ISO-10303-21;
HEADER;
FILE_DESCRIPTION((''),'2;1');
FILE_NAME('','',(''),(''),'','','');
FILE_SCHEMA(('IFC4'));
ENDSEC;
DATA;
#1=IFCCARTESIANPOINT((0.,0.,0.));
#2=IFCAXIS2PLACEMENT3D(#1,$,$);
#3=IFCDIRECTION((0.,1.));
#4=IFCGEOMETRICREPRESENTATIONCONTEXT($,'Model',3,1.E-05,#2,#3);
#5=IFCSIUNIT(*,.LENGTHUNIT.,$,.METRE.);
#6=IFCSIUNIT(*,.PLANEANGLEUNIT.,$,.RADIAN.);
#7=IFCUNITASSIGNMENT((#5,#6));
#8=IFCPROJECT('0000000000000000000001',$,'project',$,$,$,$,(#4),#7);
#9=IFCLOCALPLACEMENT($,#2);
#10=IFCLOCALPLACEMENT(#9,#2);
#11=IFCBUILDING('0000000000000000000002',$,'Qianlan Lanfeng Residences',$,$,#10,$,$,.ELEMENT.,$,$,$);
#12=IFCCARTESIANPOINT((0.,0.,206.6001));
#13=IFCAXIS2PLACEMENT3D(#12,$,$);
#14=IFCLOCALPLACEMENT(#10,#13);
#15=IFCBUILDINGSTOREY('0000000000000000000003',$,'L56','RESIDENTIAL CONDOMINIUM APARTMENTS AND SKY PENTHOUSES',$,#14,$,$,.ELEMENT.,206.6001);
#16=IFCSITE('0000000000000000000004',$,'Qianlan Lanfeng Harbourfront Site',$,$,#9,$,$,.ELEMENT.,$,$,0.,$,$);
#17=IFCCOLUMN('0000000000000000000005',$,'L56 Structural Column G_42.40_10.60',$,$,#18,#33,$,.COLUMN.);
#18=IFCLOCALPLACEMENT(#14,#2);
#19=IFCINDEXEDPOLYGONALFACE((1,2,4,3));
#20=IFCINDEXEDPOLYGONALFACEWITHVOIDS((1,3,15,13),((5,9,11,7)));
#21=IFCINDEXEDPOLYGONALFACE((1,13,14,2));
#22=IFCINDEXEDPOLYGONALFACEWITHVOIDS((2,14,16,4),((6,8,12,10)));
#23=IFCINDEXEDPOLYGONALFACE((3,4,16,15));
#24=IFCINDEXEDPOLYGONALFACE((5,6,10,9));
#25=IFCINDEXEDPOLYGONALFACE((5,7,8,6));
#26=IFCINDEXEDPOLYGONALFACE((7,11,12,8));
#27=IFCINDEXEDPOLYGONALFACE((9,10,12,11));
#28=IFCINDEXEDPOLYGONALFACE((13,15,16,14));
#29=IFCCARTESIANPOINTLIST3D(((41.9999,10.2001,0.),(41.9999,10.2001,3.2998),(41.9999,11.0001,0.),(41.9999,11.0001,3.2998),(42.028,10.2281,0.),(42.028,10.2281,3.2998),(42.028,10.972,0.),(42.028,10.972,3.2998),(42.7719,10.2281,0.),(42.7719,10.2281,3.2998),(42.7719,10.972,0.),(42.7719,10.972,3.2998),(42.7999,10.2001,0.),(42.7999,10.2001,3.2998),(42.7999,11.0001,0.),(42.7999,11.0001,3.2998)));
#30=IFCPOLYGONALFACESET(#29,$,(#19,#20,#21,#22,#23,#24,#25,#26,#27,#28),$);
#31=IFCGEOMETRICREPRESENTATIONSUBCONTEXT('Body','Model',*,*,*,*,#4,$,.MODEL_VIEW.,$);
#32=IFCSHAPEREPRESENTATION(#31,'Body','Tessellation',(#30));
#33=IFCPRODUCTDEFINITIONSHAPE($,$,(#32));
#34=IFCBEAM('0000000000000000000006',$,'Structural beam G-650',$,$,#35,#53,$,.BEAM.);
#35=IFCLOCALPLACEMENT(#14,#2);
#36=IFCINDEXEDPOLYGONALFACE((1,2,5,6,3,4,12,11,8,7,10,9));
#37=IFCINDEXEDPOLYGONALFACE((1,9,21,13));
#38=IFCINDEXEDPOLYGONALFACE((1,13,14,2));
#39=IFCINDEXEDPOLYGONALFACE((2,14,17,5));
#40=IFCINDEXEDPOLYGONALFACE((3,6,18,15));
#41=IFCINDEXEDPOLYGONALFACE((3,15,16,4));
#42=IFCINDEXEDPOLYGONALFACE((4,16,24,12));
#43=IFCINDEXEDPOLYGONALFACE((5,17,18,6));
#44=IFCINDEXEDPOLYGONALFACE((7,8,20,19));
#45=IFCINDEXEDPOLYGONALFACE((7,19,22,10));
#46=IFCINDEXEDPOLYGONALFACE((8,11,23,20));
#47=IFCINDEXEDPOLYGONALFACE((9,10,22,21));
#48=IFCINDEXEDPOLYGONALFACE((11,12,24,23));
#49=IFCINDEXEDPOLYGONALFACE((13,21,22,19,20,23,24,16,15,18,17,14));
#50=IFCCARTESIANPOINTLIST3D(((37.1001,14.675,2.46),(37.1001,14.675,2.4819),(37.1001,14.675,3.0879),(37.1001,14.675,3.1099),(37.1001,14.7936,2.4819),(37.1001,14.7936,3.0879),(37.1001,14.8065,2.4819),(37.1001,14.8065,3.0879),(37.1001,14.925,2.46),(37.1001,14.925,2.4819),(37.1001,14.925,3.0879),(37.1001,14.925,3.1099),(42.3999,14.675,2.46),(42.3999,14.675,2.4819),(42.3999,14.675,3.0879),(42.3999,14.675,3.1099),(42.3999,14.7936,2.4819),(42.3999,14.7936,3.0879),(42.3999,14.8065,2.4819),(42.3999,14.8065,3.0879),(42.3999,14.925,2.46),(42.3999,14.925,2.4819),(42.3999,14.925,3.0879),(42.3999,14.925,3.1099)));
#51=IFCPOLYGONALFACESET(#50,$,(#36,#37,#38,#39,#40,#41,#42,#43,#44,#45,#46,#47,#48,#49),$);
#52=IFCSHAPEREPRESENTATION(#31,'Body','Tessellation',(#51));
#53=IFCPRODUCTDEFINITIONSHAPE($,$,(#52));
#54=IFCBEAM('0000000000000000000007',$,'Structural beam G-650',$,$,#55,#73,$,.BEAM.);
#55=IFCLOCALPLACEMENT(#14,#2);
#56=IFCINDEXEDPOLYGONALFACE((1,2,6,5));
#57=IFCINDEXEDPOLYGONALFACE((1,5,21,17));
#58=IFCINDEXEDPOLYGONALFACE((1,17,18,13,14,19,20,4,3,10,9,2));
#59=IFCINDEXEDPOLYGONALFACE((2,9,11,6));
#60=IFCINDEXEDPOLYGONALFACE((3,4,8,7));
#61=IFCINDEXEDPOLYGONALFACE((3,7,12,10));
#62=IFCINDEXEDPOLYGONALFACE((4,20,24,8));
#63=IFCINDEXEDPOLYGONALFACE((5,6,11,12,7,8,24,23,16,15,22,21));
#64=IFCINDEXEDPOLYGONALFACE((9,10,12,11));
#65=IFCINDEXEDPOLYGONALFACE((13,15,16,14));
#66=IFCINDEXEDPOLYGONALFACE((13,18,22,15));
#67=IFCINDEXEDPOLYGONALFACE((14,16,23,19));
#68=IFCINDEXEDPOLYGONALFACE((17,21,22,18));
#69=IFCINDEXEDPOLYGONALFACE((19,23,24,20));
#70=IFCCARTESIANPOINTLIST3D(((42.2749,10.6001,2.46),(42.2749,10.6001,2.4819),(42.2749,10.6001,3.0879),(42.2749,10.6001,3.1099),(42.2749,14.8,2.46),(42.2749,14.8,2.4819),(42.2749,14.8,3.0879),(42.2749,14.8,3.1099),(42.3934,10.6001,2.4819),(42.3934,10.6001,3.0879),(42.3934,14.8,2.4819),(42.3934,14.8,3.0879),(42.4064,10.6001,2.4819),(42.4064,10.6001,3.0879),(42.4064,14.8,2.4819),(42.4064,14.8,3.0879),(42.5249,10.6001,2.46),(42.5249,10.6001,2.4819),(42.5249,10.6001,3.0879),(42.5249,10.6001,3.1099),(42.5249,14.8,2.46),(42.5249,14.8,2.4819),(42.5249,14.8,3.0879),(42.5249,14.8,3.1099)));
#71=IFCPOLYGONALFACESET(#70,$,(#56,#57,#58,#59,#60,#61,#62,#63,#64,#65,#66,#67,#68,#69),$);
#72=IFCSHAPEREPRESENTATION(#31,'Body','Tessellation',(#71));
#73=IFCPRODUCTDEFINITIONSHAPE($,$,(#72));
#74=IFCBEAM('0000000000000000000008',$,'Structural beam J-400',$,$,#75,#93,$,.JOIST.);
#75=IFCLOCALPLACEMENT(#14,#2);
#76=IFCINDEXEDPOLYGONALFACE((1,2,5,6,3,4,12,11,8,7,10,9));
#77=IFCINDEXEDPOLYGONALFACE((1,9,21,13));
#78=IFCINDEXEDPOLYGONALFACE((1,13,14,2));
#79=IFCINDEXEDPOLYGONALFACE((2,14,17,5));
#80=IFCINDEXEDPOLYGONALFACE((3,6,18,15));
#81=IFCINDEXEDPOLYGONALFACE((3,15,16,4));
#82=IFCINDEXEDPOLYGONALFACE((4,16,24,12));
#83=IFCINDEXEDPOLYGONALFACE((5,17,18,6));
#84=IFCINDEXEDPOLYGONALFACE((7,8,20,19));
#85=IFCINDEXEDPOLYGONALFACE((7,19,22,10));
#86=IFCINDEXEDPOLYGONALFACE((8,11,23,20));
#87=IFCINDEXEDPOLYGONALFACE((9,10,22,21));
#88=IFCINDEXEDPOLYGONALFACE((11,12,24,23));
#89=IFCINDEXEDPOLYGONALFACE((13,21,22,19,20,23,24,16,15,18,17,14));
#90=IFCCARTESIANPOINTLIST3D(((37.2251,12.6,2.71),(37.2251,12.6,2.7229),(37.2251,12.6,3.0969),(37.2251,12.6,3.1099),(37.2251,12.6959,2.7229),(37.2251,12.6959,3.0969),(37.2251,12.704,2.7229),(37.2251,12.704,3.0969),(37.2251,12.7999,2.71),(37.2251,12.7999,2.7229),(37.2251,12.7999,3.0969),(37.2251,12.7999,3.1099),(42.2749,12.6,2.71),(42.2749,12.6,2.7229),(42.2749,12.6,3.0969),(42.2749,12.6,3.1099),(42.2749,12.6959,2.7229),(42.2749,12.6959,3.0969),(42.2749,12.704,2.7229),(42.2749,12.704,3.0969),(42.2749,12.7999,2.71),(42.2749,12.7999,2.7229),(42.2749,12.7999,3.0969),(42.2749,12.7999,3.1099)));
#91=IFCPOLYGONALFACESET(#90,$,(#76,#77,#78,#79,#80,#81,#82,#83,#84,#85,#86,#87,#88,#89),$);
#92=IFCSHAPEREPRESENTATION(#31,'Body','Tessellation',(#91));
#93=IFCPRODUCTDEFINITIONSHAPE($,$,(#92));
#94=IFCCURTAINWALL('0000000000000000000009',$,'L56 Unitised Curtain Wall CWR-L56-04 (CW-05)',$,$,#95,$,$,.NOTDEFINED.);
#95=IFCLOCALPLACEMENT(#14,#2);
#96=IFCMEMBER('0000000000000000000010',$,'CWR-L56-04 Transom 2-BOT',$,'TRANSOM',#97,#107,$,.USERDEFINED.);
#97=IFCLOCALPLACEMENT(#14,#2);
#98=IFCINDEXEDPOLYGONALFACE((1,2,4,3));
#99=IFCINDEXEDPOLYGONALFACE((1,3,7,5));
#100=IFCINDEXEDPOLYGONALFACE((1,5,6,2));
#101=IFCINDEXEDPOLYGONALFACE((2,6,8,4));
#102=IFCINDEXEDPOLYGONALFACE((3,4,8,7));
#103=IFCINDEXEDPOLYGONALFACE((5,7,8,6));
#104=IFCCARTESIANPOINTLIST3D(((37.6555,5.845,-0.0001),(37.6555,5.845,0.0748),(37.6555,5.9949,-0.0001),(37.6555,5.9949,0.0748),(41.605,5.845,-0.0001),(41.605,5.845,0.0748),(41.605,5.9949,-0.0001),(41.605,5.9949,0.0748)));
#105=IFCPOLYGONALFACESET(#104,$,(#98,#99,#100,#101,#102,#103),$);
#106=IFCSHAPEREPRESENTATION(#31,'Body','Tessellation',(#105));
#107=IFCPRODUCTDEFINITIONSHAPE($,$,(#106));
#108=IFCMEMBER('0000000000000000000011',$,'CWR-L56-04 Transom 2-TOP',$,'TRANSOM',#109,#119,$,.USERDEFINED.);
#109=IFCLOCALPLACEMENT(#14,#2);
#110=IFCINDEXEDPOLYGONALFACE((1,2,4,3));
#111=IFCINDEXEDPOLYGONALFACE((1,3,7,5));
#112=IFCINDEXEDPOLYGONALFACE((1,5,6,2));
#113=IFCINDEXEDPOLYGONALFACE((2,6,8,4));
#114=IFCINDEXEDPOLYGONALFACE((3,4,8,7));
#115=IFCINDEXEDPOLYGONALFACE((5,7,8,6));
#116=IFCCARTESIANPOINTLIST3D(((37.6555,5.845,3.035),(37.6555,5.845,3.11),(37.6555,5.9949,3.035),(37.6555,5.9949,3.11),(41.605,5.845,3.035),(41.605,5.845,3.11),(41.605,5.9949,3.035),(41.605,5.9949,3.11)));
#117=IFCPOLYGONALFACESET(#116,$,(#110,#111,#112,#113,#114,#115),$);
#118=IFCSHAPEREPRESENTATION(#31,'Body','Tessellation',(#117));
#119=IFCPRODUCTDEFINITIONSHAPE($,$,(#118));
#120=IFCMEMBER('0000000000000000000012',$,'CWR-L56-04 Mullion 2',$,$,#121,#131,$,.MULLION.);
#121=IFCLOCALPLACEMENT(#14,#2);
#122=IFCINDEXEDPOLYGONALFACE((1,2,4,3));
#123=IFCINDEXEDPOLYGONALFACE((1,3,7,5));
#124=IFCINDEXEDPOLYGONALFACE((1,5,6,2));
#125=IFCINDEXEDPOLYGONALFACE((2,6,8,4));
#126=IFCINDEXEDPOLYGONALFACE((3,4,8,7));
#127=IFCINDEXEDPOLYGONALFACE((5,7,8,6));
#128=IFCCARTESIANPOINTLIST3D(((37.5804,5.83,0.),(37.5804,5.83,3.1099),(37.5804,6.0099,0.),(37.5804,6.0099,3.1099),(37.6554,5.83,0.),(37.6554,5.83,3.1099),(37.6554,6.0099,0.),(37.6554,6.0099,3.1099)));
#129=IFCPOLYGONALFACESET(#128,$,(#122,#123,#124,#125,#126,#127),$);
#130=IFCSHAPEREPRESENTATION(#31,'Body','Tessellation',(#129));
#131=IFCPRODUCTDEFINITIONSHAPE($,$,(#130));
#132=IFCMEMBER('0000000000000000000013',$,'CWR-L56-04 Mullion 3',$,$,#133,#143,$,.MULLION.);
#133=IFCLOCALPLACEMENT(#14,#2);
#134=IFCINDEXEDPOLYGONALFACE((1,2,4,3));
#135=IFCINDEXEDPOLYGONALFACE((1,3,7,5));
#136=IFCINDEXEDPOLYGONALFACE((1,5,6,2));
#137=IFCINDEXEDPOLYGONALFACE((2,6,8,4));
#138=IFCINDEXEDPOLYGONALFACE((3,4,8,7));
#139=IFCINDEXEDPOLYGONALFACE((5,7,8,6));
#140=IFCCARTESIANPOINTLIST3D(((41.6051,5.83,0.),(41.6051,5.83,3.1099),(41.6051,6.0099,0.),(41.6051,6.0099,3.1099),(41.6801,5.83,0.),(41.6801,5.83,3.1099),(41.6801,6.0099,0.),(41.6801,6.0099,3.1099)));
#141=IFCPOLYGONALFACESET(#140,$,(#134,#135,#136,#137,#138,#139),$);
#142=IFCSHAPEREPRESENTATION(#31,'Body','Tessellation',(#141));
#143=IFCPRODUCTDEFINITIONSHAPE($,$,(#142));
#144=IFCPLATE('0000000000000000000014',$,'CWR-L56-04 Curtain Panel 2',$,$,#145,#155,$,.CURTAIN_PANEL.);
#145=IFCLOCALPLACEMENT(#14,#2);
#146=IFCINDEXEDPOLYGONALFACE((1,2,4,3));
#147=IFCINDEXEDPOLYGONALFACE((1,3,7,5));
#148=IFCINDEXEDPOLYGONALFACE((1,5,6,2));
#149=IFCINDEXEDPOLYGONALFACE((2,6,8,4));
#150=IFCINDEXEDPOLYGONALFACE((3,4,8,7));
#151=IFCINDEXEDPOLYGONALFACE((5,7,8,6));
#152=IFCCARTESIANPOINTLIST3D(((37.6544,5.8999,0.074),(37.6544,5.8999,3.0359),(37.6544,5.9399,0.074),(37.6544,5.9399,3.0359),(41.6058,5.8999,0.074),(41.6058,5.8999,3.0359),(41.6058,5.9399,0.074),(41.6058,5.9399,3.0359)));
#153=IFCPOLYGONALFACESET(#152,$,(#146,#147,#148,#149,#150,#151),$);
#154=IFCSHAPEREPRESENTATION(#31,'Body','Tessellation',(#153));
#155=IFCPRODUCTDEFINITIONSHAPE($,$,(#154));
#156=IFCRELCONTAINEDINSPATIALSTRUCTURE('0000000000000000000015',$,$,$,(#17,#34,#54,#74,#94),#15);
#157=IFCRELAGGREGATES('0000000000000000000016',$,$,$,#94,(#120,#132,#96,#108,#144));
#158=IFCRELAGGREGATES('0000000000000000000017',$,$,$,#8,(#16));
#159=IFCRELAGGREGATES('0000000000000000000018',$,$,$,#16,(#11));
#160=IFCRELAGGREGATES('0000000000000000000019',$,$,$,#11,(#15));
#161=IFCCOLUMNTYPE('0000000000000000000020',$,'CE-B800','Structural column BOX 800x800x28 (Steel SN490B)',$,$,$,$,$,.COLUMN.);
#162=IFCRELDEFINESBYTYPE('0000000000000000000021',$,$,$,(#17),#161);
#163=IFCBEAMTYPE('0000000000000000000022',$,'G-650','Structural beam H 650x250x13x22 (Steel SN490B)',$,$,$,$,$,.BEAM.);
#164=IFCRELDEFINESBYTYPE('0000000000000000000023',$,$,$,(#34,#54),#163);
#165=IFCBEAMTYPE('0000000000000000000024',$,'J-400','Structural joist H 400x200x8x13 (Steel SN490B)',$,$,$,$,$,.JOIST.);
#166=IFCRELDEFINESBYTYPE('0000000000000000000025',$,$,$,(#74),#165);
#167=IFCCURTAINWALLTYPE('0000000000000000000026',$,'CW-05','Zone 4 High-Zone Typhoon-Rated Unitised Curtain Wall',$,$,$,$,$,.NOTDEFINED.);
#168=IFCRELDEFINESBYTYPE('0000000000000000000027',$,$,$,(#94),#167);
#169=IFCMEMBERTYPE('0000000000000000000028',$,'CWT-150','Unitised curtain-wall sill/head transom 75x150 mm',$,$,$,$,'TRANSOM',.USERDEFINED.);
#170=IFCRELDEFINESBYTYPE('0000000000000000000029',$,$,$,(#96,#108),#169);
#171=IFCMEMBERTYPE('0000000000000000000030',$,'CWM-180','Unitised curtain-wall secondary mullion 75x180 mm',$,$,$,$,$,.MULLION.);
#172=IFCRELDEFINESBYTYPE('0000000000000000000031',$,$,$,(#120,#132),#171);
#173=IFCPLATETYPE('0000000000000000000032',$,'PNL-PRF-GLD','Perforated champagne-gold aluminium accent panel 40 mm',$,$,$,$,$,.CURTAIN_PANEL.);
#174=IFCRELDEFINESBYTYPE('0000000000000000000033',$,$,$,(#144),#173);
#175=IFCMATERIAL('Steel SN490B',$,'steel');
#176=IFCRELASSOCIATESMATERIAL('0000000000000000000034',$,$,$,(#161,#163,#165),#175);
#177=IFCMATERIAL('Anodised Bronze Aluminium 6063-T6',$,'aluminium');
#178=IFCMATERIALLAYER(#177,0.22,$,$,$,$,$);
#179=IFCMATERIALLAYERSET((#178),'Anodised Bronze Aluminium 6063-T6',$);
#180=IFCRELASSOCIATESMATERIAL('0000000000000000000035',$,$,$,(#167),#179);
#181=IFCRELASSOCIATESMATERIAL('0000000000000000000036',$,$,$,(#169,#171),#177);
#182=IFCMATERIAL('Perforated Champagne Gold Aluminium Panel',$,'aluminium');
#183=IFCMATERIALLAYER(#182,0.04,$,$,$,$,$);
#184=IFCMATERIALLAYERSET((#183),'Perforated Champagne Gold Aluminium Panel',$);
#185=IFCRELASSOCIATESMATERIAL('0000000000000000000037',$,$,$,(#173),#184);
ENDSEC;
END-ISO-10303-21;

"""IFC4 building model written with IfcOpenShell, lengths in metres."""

from ifc_helpers import new_model, si_unit, direction, frame, origin, origin_2d, place, context, subcontext, project, spatial, rectangle, hollow_rectangle, i_section, extrude, source, transform, mapped, material, layer, layer_set, material_profile, profile_set, type_object, element, aggregate, save


model = new_model("IFC4")

# Units and contexts
model_context = context("Model", 3, precision=1e-05, world=origin(), true_north=direction((0.0, 1.0)))
body_context = subcontext(model_context, "Body", "Model", "MODEL_VIEW")
ifc_project = project(units=[si_unit("LENGTHUNIT", "METRE"), si_unit("PLANEANGLEUNIT", "RADIAN")], contexts=[model_context])

# Site, building, storey
site_placement = place(None, origin())
site = spatial("IfcSite", under=ifc_project, at=site_placement, Name="Qianlan Lanfeng Harbourfront Site", CompositionType="ELEMENT", RefElevation=0.0)
building_placement = place(site_placement, origin())
building = spatial("IfcBuilding", under=site, at=building_placement, Name="Qianlan Lanfeng Residences", CompositionType="ELEMENT")
storey_placement = place(building_placement, frame((0.0, 0.0, 206.6001)))
storey = spatial("IfcBuildingStorey", under=building, at=storey_placement, Name="L56", Description="RESIDENTIAL CONDOMINIUM APARTMENTS AND SKY PENTHOUSES", CompositionType="ELEMENT", Elevation=206.6001)

# Column
ifc_material_1 = material(Name="Steel SN490B", Category="steel")
ifc_material_profile_1 = material_profile(ifc_material_1, hollow_rectangle(XDim=0.8, YDim=0.8, WallThickness=0.0281, at=origin_2d()), Name="BOX 800x800x28")
ifc_profile_set_1 = profile_set([ifc_material_profile_1], Name="Steel SN490B")
column_type = type_object("IfcColumnType", Name="CE-B800", Description="Structural column BOX 800x800x28 (Steel SN490B)", PredefinedType="COLUMN", material=ifc_profile_set_1)
column_placement = place(storey_placement, frame((42.3999, 10.6001, 0.0), z_axis=(0.0, 0.0, 1.0), x_axis=(1.0, 0.0, 0.0)))
element("IfcColumn", 1, at=column_placement, inside=storey, type_object=column_type, Name="L56 Structural Column G_42.40_10.60", PredefinedType="COLUMN", context=body_context, shape_type="SweptSolid", body=[
    extrude(hollow_rectangle(XDim=0.8, YDim=0.8, WallThickness=0.0281, at=origin_2d()), origin(), (0.0, 0.0, 1.0), 3.2998),
])

# Beams
ifc_material_profile_2 = material_profile(ifc_material_1, i_section(OverallWidth=0.25, OverallDepth=0.6499, WebThickness=0.0129, FlangeThickness=0.022, at=origin_2d()), Name="H 650x250x13x22")
ifc_profile_set_2 = profile_set([ifc_material_profile_2], Name="Steel SN490B")
beam_type_1 = type_object("IfcBeamType", Name="G-650", Description="Structural beam H 650x250x13x22 (Steel SN490B)", PredefinedType="BEAM", material=ifc_profile_set_2)
beam_1_placement = place(storey_placement, frame((37.1001, 14.8, 2.7849), z_axis=(1.0, 0.0, 0.0), x_axis=(0.0, 1.0, 0.0)))
element("IfcBeam", 2, at=beam_1_placement, inside=storey, type_object=beam_type_1, Name="Structural beam G-650", PredefinedType="BEAM", context=body_context, shape_type="SweptSolid", body=[
    extrude(i_section(OverallWidth=0.25, OverallDepth=0.6499, WebThickness=0.0129, FlangeThickness=0.022, at=origin_2d()), origin(), (0.0, 0.0, 1.0), 5.2998),
])
beam_2_placement = place(storey_placement, frame((42.3999, 10.6001, 2.7849), z_axis=(0.0, 1.0, 0.0), x_axis=(-1.0, 0.0, 0.0)))
element("IfcBeam", 3, at=beam_2_placement, inside=storey, type_object=beam_type_1, Name="Structural beam G-650", PredefinedType="BEAM", context=body_context, shape_type="SweptSolid", body=[
    extrude(i_section(OverallWidth=0.25, OverallDepth=0.6499, WebThickness=0.0129, FlangeThickness=0.022, at=origin_2d()), origin(), (0.0, 0.0, 1.0), 4.2),
])
ifc_material_profile_3 = material_profile(ifc_material_1, i_section(OverallWidth=0.2, OverallDepth=0.3999, WebThickness=0.0081, FlangeThickness=0.0129, at=origin_2d()), Name="H 400x200x8x13")
ifc_profile_set_3 = profile_set([ifc_material_profile_3], Name="Steel SN490B")
beam_type_2 = type_object("IfcBeamType", Name="J-400", Description="Structural joist H 400x200x8x13 (Steel SN490B)", PredefinedType="JOIST", material=ifc_profile_set_3)
beam_3_placement = place(storey_placement, frame((37.2251, 12.7, 2.9099), z_axis=(1.0, 0.0, 0.0), x_axis=(0.0, 1.0, 0.0)))
element("IfcBeam", 4, at=beam_3_placement, inside=storey, type_object=beam_type_2, Name="Structural beam J-400", PredefinedType="JOIST", context=body_context, shape_type="SweptSolid", body=[
    extrude(i_section(OverallWidth=0.2, OverallDepth=0.3999, WebThickness=0.0081, FlangeThickness=0.0129, at=origin_2d()), origin(), (0.0, 0.0, 1.0), 5.0498),
])

# Curtain wall, members, plate
ifc_material_2 = material(Name="Anodised Bronze Aluminium 6063-T6", Category="aluminium")
ifc_layer_1 = layer(ifc_material_2, 0.22)
ifc_layer_set_1 = layer_set([ifc_layer_1], Name="Anodised Bronze Aluminium 6063-T6")
curtain_wall_type = type_object("IfcCurtainWallType", Name="CW-05", Description="Zone 4 High-Zone Typhoon-Rated Unitised Curtain Wall", PredefinedType="NOTDEFINED", material=ifc_layer_set_1)
curtain_wall_placement = place(storey_placement, origin())
curtain_wall = element("IfcCurtainWall", 5, at=curtain_wall_placement, inside=storey, type_object=curtain_wall_type, Name="L56 Unitised Curtain Wall CWR-L56-04 (CW-05)", PredefinedType="NOTDEFINED")
ifc_material_profile_4 = material_profile(ifc_material_2, rectangle(XDim=0.075, YDim=0.1499, at=origin_2d()), Name="ALU TRANSOM 75x150")
ifc_profile_set_4 = profile_set([ifc_material_profile_4], Name="Anodised Bronze Aluminium 6063-T6")
member_type_1 = type_object("IfcMemberType", Name="CWT-150", Description="Unitised curtain-wall sill/head transom 75x150 mm", ElementType="TRANSOM", PredefinedType="USERDEFINED", material=ifc_profile_set_4)
shared_shape_1 = source(origin(), body_context, "Body", "SweptSolid", [
    extrude(rectangle(XDim=0.075, YDim=0.1499, at=origin_2d()), origin(), (0.0, 0.0, 1.0), 3.9495),
])
member_1_placement = place(storey_placement, frame((37.6555, 5.9199, 0.0374), z_axis=(1.0, 0.0, 0.0), x_axis=(0.0, 0.0, 1.0)))
member_1 = element("IfcMember", 6, at=member_1_placement, type_object=member_type_1, Name="CWR-L56-04 Transom 2-BOT", ObjectType="TRANSOM", PredefinedType="USERDEFINED", context=body_context, shape_type="MappedRepresentation", body=[
    mapped(shared_shape_1, transform((0.0, 0.0, 0.0), scale=1.0)),
])
member_2_placement = place(storey_placement, frame((37.6555, 5.9199, 3.0725), z_axis=(1.0, 0.0, 0.0), x_axis=(0.0, 0.0, 1.0)))
member_2 = element("IfcMember", 7, at=member_2_placement, type_object=member_type_1, Name="CWR-L56-04 Transom 2-TOP", ObjectType="TRANSOM", PredefinedType="USERDEFINED", context=body_context, shape_type="MappedRepresentation", body=[
    mapped(shared_shape_1, transform((0.0, 0.0, 0.0), scale=1.0)),
])
ifc_material_profile_5 = material_profile(ifc_material_2, rectangle(XDim=0.075, YDim=0.1799, at=origin_2d()), Name="ALU MULLION 75x180")
ifc_profile_set_5 = profile_set([ifc_material_profile_5], Name="Anodised Bronze Aluminium 6063-T6")
member_type_2 = type_object("IfcMemberType", Name="CWM-180", Description="Unitised curtain-wall secondary mullion 75x180 mm", PredefinedType="MULLION", material=ifc_profile_set_5)
shared_shape_2 = source(origin(), body_context, "Body", "SweptSolid", [
    extrude(rectangle(XDim=0.075, YDim=0.1799, at=origin_2d()), origin(), (0.0, 0.0, 1.0), 3.1099),
])
member_3_placement = place(storey_placement, frame((37.6179, 5.9199, 0.0), z_axis=(0.0, 0.0, 1.0), x_axis=(1.0, 0.0, 0.0)))
member_3 = element("IfcMember", 8, at=member_3_placement, type_object=member_type_2, Name="CWR-L56-04 Mullion 2", PredefinedType="MULLION", context=body_context, shape_type="MappedRepresentation", body=[
    mapped(shared_shape_2, transform((0.0, 0.0, 0.0), scale=1.0)),
])
member_4_placement = place(storey_placement, frame((41.6426, 5.9199, 0.0), z_axis=(0.0, 0.0, 1.0), x_axis=(1.0, 0.0, 0.0)))
member_4 = element("IfcMember", 9, at=member_4_placement, type_object=member_type_2, Name="CWR-L56-04 Mullion 3", PredefinedType="MULLION", context=body_context, shape_type="MappedRepresentation", body=[
    mapped(shared_shape_2, transform((0.0, 0.0, 0.0), scale=1.0)),
])
ifc_material_3 = material(Name="Perforated Champagne Gold Aluminium Panel", Category="aluminium")
ifc_layer_2 = layer(ifc_material_3, 0.04)
ifc_layer_set_2 = layer_set([ifc_layer_2], Name="Perforated Champagne Gold Aluminium Panel")
plate_type = type_object("IfcPlateType", Name="PNL-PRF-GLD", Description="Perforated champagne-gold aluminium accent panel 40 mm", PredefinedType="CURTAIN_PANEL", material=ifc_layer_set_2)
shared_shape_3 = source(origin(), body_context, "Body", "SweptSolid", [
    extrude(rectangle(XDim=3.9514, YDim=0.04, at=origin_2d()), origin(), (0.0, 0.0, 1.0), 2.9619),
])
plate_placement = place(storey_placement, frame((39.6301, 5.9199, 0.074), z_axis=(0.0, 0.0, 1.0), x_axis=(1.0, 0.0, 0.0)))
plate = element("IfcPlate", 10, at=plate_placement, type_object=plate_type, Name="CWR-L56-04 Curtain Panel 2", PredefinedType="CURTAIN_PANEL", context=body_context, shape_type="MappedRepresentation", body=[
    mapped(shared_shape_3, transform((0.0, 0.0, 0.0), scale=1.0)),
])
aggregate(curtain_wall, [member_3, member_4, member_1, member_2, plate])

save(model, "model.ifc")
